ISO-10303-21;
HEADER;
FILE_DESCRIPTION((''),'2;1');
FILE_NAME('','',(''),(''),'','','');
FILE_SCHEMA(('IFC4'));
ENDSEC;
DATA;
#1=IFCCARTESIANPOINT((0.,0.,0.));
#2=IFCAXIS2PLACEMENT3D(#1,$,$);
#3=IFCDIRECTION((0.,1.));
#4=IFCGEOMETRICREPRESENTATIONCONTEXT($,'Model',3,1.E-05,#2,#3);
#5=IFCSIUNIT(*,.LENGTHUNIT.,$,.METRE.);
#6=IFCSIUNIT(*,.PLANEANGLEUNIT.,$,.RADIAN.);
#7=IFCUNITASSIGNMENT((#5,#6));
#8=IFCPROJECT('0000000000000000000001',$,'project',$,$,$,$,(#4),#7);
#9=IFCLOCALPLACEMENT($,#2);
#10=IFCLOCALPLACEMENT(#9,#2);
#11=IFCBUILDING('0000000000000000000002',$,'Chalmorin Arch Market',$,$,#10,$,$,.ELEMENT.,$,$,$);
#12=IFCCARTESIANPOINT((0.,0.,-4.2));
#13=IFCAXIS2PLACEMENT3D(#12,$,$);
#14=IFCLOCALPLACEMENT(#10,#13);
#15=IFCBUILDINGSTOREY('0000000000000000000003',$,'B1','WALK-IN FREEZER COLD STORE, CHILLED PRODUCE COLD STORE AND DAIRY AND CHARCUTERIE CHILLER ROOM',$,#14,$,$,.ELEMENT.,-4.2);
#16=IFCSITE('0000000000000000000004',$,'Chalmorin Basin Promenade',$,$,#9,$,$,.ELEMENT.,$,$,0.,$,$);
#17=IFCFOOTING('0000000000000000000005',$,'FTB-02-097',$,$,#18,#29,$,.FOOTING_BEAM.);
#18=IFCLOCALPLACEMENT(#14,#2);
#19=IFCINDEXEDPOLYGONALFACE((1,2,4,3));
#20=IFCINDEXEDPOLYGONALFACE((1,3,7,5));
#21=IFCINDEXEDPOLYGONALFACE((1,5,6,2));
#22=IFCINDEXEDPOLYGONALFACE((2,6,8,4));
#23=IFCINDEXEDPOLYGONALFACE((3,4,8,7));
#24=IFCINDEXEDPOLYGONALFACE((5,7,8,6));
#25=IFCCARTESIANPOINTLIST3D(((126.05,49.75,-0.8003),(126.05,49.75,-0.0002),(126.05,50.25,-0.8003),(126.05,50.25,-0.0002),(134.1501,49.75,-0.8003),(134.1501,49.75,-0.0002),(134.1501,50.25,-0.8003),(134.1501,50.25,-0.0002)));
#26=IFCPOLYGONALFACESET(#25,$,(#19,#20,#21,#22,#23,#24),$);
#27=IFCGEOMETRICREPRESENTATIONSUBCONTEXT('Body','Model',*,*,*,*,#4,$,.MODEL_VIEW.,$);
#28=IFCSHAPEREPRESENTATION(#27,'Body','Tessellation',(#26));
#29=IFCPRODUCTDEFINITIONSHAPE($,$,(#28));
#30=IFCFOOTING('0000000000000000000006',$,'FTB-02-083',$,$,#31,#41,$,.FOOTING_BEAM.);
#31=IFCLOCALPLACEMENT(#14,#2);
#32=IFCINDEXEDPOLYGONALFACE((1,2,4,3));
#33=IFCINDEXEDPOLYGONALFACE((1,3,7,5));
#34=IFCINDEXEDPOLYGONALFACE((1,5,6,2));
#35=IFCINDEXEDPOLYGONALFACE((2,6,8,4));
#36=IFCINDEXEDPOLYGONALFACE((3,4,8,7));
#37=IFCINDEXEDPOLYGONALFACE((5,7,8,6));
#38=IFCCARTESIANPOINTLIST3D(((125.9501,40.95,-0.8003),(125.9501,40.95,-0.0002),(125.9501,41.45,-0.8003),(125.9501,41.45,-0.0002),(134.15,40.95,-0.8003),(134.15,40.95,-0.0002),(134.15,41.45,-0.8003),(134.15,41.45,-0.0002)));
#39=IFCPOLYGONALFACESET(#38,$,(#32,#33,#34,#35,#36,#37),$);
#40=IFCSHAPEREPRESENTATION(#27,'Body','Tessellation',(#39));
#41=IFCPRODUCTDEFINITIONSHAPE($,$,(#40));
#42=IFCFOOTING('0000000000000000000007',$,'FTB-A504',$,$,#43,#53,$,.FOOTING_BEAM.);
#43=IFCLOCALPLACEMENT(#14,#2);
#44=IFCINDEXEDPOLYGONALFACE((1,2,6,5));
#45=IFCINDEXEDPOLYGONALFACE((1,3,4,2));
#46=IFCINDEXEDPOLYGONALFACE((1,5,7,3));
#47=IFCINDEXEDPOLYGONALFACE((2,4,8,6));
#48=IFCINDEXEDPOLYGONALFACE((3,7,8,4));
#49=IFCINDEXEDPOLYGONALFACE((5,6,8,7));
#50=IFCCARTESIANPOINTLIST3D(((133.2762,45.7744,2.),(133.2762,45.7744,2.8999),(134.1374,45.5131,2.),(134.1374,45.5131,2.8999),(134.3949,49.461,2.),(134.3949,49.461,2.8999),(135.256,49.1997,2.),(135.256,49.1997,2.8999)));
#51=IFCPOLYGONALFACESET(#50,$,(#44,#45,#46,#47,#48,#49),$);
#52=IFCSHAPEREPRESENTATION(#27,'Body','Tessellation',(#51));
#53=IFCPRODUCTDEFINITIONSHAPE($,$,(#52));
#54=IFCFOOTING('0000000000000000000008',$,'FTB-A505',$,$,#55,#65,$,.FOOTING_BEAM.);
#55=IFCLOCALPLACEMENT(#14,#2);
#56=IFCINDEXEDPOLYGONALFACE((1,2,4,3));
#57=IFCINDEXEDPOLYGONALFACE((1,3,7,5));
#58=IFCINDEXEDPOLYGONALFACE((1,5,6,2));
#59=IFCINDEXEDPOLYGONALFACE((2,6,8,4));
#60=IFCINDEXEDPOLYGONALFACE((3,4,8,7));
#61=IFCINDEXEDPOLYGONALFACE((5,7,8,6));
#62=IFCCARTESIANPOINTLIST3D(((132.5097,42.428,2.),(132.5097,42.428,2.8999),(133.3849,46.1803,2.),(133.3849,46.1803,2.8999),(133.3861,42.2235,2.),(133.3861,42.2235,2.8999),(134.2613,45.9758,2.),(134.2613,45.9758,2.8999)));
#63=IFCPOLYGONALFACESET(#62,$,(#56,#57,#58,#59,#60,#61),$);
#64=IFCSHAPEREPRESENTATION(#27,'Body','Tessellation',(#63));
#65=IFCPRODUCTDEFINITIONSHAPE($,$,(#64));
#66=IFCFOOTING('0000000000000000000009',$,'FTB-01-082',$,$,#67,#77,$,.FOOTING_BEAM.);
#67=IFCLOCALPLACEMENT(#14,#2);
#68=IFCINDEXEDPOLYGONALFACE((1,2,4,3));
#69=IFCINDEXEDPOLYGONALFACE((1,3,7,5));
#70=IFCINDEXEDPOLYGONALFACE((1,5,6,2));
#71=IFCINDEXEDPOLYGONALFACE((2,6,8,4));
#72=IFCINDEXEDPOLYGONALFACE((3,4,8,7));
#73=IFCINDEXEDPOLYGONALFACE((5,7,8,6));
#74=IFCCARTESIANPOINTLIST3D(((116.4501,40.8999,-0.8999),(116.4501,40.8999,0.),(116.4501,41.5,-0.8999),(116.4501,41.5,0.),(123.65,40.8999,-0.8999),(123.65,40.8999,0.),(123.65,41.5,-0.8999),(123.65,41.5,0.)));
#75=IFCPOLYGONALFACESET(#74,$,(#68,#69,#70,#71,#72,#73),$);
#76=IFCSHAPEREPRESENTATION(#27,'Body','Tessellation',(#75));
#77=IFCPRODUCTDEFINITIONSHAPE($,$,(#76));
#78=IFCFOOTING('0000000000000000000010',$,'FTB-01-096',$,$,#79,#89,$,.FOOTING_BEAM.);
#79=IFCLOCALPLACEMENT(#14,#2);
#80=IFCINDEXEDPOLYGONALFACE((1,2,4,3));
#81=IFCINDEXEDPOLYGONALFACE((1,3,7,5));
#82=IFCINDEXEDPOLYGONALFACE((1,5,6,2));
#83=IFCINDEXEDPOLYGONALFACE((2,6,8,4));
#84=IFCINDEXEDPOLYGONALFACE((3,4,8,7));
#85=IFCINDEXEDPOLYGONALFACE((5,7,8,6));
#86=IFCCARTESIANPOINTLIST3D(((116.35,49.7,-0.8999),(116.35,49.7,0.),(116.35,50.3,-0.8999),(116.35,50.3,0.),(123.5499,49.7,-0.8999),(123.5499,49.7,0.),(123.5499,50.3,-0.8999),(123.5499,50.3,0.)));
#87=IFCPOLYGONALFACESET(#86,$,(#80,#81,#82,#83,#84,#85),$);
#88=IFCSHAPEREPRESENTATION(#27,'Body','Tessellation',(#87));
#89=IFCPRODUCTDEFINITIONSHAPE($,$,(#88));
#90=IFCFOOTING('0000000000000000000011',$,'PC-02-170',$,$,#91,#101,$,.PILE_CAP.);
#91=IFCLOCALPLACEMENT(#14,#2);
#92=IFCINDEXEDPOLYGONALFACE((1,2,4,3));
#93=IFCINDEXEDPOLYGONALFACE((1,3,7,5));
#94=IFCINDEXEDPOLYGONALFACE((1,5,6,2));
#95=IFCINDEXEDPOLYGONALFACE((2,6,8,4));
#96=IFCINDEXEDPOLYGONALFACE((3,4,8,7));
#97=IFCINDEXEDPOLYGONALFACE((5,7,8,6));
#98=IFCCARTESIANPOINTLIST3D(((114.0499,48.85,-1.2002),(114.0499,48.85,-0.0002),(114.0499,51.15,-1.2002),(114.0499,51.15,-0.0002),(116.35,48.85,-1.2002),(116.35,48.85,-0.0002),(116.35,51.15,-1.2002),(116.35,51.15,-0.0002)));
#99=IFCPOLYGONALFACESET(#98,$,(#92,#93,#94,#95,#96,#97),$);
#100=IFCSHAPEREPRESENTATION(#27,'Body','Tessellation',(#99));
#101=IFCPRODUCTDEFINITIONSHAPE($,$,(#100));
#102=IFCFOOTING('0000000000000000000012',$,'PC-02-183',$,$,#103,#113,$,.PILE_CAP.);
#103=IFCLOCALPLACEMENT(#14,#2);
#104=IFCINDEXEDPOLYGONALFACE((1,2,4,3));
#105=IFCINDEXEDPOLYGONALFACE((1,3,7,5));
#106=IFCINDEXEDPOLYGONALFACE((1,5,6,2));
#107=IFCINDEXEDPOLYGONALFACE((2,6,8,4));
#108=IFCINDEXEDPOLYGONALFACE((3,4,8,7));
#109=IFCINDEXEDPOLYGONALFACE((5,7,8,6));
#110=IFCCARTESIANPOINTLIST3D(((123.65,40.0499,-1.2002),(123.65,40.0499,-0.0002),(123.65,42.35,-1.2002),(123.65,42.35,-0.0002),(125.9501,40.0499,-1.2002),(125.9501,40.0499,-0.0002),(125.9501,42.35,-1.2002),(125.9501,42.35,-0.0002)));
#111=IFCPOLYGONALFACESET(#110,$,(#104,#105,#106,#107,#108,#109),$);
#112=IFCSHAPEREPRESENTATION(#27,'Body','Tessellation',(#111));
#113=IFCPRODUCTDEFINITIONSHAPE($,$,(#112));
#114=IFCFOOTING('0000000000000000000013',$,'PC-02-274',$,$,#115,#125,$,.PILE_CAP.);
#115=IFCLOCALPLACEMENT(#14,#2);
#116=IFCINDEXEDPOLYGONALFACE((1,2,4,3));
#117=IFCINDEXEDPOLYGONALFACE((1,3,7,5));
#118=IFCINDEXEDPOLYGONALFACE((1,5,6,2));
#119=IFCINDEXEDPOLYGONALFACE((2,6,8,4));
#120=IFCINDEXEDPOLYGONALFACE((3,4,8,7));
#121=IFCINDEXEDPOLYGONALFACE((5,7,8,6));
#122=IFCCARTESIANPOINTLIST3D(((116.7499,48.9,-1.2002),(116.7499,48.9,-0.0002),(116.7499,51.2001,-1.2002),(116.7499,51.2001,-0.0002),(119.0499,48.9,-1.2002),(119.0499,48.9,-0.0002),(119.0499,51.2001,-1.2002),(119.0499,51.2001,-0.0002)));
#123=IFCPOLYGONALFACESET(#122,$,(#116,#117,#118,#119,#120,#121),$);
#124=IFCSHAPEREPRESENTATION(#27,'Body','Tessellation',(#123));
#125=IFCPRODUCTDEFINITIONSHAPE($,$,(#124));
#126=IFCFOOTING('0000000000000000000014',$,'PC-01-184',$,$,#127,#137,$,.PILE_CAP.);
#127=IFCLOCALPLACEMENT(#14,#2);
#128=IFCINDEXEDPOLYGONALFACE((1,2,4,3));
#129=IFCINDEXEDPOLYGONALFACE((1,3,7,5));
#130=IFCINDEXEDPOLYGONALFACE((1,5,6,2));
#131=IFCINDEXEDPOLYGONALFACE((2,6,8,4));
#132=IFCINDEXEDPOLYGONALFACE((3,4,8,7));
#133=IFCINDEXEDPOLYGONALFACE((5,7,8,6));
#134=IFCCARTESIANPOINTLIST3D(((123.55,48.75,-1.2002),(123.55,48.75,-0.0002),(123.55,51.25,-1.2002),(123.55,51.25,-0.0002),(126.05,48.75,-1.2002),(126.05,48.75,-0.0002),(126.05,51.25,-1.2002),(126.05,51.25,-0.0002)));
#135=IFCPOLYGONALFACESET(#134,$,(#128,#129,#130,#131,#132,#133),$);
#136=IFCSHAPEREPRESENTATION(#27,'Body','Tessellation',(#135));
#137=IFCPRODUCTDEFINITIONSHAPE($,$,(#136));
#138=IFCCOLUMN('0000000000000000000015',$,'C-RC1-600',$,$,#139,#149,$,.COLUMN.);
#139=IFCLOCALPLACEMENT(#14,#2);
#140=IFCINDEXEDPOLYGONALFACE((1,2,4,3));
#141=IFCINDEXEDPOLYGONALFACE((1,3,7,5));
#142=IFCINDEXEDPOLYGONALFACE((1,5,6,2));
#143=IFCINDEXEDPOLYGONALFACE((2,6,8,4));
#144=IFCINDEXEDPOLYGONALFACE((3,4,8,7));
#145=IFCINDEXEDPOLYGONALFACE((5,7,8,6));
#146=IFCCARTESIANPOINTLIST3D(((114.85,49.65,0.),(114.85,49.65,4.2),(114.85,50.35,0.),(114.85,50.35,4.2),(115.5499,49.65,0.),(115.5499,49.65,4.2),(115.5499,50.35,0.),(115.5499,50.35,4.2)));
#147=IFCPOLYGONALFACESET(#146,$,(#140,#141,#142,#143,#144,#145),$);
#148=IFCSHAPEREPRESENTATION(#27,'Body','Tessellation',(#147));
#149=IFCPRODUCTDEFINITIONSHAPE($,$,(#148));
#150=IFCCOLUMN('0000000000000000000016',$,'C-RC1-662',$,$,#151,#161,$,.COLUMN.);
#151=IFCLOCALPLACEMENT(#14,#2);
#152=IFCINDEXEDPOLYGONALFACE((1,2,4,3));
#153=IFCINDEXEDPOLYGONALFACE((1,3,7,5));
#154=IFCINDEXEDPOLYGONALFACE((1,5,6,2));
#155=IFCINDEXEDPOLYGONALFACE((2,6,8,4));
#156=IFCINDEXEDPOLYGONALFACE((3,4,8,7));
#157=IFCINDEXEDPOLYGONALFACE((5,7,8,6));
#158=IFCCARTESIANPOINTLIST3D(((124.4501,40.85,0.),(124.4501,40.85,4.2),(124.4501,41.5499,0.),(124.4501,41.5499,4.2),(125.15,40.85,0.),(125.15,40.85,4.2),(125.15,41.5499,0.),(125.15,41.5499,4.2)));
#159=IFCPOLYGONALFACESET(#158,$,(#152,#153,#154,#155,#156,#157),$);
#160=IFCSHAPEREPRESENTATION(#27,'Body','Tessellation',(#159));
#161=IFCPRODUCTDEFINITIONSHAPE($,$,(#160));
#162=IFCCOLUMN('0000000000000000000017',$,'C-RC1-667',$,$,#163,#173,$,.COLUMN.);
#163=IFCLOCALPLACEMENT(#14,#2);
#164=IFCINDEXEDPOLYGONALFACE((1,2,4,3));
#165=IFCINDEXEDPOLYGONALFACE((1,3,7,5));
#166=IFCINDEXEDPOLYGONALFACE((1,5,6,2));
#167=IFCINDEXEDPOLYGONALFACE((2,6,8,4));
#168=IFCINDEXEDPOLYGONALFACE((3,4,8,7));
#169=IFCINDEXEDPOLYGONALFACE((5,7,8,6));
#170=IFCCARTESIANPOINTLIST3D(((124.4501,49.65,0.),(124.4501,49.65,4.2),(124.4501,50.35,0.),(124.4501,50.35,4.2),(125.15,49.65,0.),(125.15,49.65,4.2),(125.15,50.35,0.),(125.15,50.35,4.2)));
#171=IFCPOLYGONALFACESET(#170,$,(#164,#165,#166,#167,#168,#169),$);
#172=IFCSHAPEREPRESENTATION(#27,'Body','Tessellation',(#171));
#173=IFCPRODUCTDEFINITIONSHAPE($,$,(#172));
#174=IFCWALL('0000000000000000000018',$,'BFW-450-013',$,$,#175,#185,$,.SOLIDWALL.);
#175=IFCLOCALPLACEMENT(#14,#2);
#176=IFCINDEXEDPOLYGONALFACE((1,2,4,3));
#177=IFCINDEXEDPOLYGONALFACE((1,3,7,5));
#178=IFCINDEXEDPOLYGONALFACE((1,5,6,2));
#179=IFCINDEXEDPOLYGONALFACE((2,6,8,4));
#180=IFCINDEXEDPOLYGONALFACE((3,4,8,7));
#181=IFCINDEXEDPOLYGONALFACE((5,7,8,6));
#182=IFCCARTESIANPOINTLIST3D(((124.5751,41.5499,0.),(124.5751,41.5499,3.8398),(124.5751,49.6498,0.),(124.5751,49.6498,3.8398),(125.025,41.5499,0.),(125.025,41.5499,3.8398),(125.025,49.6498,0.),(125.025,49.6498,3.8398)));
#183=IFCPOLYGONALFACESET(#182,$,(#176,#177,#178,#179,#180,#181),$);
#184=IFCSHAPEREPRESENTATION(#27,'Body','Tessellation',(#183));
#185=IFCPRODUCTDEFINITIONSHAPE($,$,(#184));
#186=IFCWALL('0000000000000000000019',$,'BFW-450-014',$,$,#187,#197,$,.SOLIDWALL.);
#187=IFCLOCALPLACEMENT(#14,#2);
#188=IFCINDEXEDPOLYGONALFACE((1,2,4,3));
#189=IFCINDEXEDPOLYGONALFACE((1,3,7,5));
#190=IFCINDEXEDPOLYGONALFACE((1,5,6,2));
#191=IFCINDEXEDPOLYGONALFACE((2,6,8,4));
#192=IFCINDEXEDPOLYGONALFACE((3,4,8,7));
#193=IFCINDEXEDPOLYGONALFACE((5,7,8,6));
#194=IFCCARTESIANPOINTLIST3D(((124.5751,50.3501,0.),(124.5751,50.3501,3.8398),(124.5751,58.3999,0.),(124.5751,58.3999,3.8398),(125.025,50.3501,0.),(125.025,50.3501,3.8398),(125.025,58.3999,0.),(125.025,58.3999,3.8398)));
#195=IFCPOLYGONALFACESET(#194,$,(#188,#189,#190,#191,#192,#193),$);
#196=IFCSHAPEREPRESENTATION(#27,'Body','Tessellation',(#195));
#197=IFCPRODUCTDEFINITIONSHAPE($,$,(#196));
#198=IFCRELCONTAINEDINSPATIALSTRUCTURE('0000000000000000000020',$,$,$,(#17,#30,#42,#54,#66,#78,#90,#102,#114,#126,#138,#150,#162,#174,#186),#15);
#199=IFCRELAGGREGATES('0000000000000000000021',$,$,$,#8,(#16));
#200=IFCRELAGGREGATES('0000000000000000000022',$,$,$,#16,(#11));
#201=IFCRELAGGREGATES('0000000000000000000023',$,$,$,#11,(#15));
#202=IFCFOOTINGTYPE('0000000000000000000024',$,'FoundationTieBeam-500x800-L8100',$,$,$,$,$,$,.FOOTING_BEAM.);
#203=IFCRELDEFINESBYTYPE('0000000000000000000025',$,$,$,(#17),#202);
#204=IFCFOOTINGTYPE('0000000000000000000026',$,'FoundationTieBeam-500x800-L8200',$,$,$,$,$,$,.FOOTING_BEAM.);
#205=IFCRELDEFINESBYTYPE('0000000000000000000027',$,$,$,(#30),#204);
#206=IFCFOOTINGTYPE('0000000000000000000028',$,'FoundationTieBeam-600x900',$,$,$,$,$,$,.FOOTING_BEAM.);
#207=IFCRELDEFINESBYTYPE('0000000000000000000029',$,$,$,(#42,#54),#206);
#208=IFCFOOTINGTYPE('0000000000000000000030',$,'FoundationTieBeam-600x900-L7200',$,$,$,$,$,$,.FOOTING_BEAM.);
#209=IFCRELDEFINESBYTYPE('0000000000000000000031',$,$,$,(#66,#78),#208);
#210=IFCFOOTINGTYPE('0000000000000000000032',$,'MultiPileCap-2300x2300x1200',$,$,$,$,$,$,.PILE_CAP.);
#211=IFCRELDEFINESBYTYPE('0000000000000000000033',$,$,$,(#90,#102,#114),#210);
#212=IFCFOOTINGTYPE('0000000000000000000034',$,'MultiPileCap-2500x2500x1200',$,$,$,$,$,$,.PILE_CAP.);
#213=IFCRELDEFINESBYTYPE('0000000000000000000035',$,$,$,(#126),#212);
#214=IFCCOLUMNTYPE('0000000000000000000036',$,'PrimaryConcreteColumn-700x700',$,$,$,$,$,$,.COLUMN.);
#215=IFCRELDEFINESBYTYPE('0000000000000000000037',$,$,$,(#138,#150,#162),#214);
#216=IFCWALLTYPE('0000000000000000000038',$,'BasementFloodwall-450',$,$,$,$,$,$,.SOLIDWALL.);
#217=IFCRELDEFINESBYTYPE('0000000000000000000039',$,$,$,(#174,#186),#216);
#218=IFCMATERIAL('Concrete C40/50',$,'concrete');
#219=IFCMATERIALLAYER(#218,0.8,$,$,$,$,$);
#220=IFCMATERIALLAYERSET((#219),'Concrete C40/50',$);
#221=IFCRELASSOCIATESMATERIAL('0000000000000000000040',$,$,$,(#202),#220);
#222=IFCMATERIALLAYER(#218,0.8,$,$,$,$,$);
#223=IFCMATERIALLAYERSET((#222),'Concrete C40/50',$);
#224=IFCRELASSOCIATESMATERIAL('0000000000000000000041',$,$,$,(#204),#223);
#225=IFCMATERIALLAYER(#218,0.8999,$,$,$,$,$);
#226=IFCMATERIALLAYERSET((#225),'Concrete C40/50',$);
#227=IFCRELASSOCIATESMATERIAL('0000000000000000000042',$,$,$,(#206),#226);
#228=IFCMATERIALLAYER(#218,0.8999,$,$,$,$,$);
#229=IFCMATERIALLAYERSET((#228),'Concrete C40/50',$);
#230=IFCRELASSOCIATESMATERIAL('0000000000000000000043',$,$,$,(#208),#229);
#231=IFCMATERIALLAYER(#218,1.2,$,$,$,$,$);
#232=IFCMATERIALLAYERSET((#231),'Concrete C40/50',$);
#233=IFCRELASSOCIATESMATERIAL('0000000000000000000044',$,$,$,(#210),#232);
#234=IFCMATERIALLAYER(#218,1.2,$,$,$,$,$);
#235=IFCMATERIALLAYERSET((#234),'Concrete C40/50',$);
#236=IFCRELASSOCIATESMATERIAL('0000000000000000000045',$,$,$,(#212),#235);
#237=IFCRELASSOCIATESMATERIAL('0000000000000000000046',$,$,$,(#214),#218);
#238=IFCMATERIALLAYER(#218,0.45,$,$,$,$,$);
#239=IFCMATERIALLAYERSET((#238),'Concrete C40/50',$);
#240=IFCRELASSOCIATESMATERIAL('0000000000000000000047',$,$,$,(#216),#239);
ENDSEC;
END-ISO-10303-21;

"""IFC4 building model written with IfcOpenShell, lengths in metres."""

from ifc_helpers import new_model, si_unit, direction, frame, frame_2d, origin, origin_2d, place, context, subcontext, project, spatial, rectangle, extrude, material, layer, layer_set, material_profile, profile_set, type_object, element, save


model = new_model("IFC4")

# Units and contexts
model_context = context("Model", 3, precision=1e-05, world=origin(), true_north=direction((0.0, 1.0)))
body_context = subcontext(model_context, "Body", "Model", "MODEL_VIEW")
ifc_project = project(units=[si_unit("LENGTHUNIT", "METRE"), si_unit("PLANEANGLEUNIT", "RADIAN")], contexts=[model_context])

# Site, building, storey
site_placement = place(None, origin())
site = spatial("IfcSite", under=ifc_project, at=site_placement, Name="Chalmorin Basin Promenade", CompositionType="ELEMENT", RefElevation=0.0)
building_placement = place(site_placement, origin())
building = spatial("IfcBuilding", under=site, at=building_placement, Name="Chalmorin Arch Market", CompositionType="ELEMENT")
storey_placement = place(building_placement, frame((0.0, 0.0, -4.2)))
storey = spatial("IfcBuildingStorey", under=building, at=storey_placement, Name="B1", Description="WALK-IN FREEZER COLD STORE, CHILLED PRODUCE COLD STORE AND DAIRY AND CHARCUTERIE CHILLER ROOM", CompositionType="ELEMENT", Elevation=-4.2)

# Footings
ifc_material_1 = material(Name="Concrete C40/50", Category="concrete")
ifc_layer_1 = layer(ifc_material_1, 0.8)
ifc_layer_set_1 = layer_set([ifc_layer_1], Name="Concrete C40/50")
footing_type_1 = type_object("IfcFootingType", Name="FoundationTieBeam-500x800-L8100", PredefinedType="FOOTING_BEAM", material=ifc_layer_set_1)
footing_1_placement = place(storey_placement, frame((130.1001, 50.0, -0.8003), z_axis=(0.0, 0.0, 1.0), x_axis=(1.0, 0.0, 0.0)))
element("IfcFooting", 1, at=footing_1_placement, inside=storey, type_object=footing_type_1, Name="FTB-02-097", PredefinedType="FOOTING_BEAM", context=body_context, shape_type="SweptSolid", body=[
    extrude(rectangle(XDim=8.1001, YDim=0.5, at=origin_2d()), origin(), (0.0, 0.0, 1.0), 0.8),
])
ifc_layer_2 = layer(ifc_material_1, 0.8)
ifc_layer_set_2 = layer_set([ifc_layer_2], Name="Concrete C40/50")
footing_type_2 = type_object("IfcFootingType", Name="FoundationTieBeam-500x800-L8200", PredefinedType="FOOTING_BEAM", material=ifc_layer_set_2)
footing_2_placement = place(storey_placement, frame((130.05, 41.2, -0.8003), z_axis=(0.0, 0.0, 1.0), x_axis=(1.0, 0.0, 0.0)))
element("IfcFooting", 2, at=footing_2_placement, inside=storey, type_object=footing_type_2, Name="FTB-02-083", PredefinedType="FOOTING_BEAM", context=body_context, shape_type="SweptSolid", body=[
    extrude(rectangle(XDim=8.2, YDim=0.5, at=origin_2d()), origin(), (0.0, 0.0, 1.0), 0.8),
])
ifc_layer_3 = layer(ifc_material_1, 0.8999)
ifc_layer_set_3 = layer_set([ifc_layer_3], Name="Concrete C40/50")
footing_type_3 = type_object("IfcFootingType", Name="FoundationTieBeam-600x900", PredefinedType="FOOTING_BEAM", material=ifc_layer_set_3)
footing_3_placement = place(storey_placement, frame((134.2661, 47.4871, 2.0), z_axis=(0.0, 0.0, 1.0), x_axis=(-0.290368, -0.956915, 0.0)))
element("IfcFooting", 3, at=footing_3_placement, inside=storey, type_object=footing_type_3, Name="FTB-A504", PredefinedType="FOOTING_BEAM", context=body_context, shape_type="SweptSolid", body=[
    extrude(rectangle(XDim=3.8525, YDim=0.8999, at=origin_2d()), origin(), (0.0, 0.0, 1.0), 0.8999),
])
footing_4_placement = place(storey_placement, frame((133.3855, 44.2019, 2.0), z_axis=(0.0, 0.0, 1.0), x_axis=(-0.227161, -0.973857, 0.0)))
element("IfcFooting", 4, at=footing_4_placement, inside=storey, type_object=footing_type_3, Name="FTB-A505", PredefinedType="FOOTING_BEAM", context=body_context, shape_type="SweptSolid", body=[
    extrude(rectangle(XDim=3.853, YDim=0.8999, at=origin_2d()), origin(), (0.0, 0.0, 1.0), 0.8999),
])
ifc_layer_4 = layer(ifc_material_1, 0.8999)
ifc_layer_set_4 = layer_set([ifc_layer_4], Name="Concrete C40/50")
footing_type_4 = type_object("IfcFootingType", Name="FoundationTieBeam-600x900-L7200", PredefinedType="FOOTING_BEAM", material=ifc_layer_set_4)
for number, where, z_axis, x_axis, name in (
    (5, (120.05, 41.2, -0.8999), (0.0, 0.0, 1.0), (1.0, 0.0, 0.0), "FTB-01-082"),
    (6, (119.95, 50.0, -0.8999), (0.0, 0.0, 1.0), (1.0, 0.0, 0.0), "FTB-01-096"),
):
    element("IfcFooting", number, at=place(storey_placement, frame(where, z_axis=z_axis, x_axis=x_axis)), inside=storey, type_object=footing_type_4, Name=name, PredefinedType="FOOTING_BEAM", context=body_context, shape_type="SweptSolid", body=[
        extrude(rectangle(XDim=7.2, YDim=0.6001, at=origin_2d()), origin(), (0.0, 0.0, 1.0), 0.8999),
    ])
ifc_layer_5 = layer(ifc_material_1, 1.2)
ifc_layer_set_5 = layer_set([ifc_layer_5], Name="Concrete C40/50")
footing_type_5 = type_object("IfcFootingType", Name="MultiPileCap-2300x2300x1200", PredefinedType="PILE_CAP", material=ifc_layer_set_5)
for number, where, z_axis, x_axis, name in (
    (7, (115.2, 50.0, -1.2002), (0.0, 0.0, 1.0), (1.0, 0.0, 0.0), "PC-02-170"),
    (8, (124.8, 41.2, -1.2002), (0.0, 0.0, 1.0), (1.0, 0.0, 0.0), "PC-02-183"),
    (9, (117.8999, 50.05, -1.2002), (0.0, 0.0, 1.0), (1.0, 0.0, 0.0), "PC-02-274"),
):
    element("IfcFooting", number, at=place(storey_placement, frame(where, z_axis=z_axis, x_axis=x_axis)), inside=storey, type_object=footing_type_5, Name=name, PredefinedType="PILE_CAP", context=body_context, shape_type="SweptSolid", body=[
        extrude(rectangle(XDim=2.3, YDim=2.3, at=origin_2d()), origin(), (0.0, 0.0, 1.0), 1.2),
    ])
ifc_layer_6 = layer(ifc_material_1, 1.2)
ifc_layer_set_6 = layer_set([ifc_layer_6], Name="Concrete C40/50")
footing_type_6 = type_object("IfcFootingType", Name="MultiPileCap-2500x2500x1200", PredefinedType="PILE_CAP", material=ifc_layer_set_6)
footing_5_placement = place(storey_placement, frame((124.8, 50.0, -1.2002), z_axis=(0.0, 0.0, 1.0), x_axis=(1.0, 0.0, 0.0)))
element("IfcFooting", 10, at=footing_5_placement, inside=storey, type_object=footing_type_6, Name="PC-01-184", PredefinedType="PILE_CAP", context=body_context, shape_type="SweptSolid", body=[
    extrude(rectangle(XDim=2.5, YDim=2.5, at=origin_2d()), origin(), (0.0, 0.0, 1.0), 1.2),
])

# Columns
ifc_material_profile_1 = material_profile(ifc_material_1, rectangle(XDim=0.7, YDim=0.7, at=origin_2d()), Name="RC700X700")
ifc_profile_set_1 = profile_set([ifc_material_profile_1], Name="Concrete C40/50")
column_type = type_object("IfcColumnType", Name="PrimaryConcreteColumn-700x700", PredefinedType="COLUMN", material=ifc_profile_set_1)
for number, where, z_axis, x_axis, name in (
    (11, (115.2, 50.0, 0.0), (0.0, 0.0, 1.0), (1.0, 0.0, 0.0), "C-RC1-600"),
    (12, (124.8, 41.2, 0.0), (0.0, 0.0, 1.0), (1.0, 0.0, 0.0), "C-RC1-662"),
    (13, (124.8, 50.0, 0.0), (0.0, 0.0, 1.0), (1.0, 0.0, 0.0), "C-RC1-667"),
):
    element("IfcColumn", number, at=place(storey_placement, frame(where, z_axis=z_axis, x_axis=x_axis)), inside=storey, type_object=column_type, Name=name, PredefinedType="COLUMN", context=body_context, shape_type="SweptSolid", body=[
        extrude(rectangle(XDim=0.7, YDim=0.7, at=origin_2d()), origin(), (0.0, 0.0, 1.0), 4.2),
    ])

# Walls
ifc_layer_7 = layer(ifc_material_1, 0.45)
ifc_layer_set_7 = layer_set([ifc_layer_7], Name="Concrete C40/50")
wall_type_1 = type_object("IfcWallType", Name="BasementFloodwall-450", PredefinedType="SOLIDWALL", material=ifc_layer_set_7)
wall_1_placement = place(storey_placement, frame((124.8, 41.55, 0.0), z_axis=(0.0, 0.0, 1.0), x_axis=(0.0, 1.0, 0.0)))
element("IfcWall", 14, at=wall_1_placement, inside=storey, type_object=wall_type_1, Name="BFW-450-013", PredefinedType="SOLIDWALL", context=body_context, shape_type="SweptSolid", body=[
    extrude(rectangle(XDim=8.0999, YDim=0.45, at=frame_2d((4.0498, 0.0))), origin(), (0.0, 0.0, 1.0), 3.8398),
])
wall_2_placement = place(storey_placement, frame((124.8, 50.3501, 0.0), z_axis=(0.0, 0.0, 1.0), x_axis=(0.0, 1.0, 0.0)))
element("IfcWall", 15, at=wall_2_placement, inside=storey, type_object=wall_type_1, Name="BFW-450-014", PredefinedType="SOLIDWALL", context=body_context, shape_type="SweptSolid", body=[
    extrude(rectangle(XDim=8.0498, YDim=0.45, at=frame_2d((4.0249, 0.0))), origin(), (0.0, 0.0, 1.0), 3.8398),
])

save(model, "model.ifc")
